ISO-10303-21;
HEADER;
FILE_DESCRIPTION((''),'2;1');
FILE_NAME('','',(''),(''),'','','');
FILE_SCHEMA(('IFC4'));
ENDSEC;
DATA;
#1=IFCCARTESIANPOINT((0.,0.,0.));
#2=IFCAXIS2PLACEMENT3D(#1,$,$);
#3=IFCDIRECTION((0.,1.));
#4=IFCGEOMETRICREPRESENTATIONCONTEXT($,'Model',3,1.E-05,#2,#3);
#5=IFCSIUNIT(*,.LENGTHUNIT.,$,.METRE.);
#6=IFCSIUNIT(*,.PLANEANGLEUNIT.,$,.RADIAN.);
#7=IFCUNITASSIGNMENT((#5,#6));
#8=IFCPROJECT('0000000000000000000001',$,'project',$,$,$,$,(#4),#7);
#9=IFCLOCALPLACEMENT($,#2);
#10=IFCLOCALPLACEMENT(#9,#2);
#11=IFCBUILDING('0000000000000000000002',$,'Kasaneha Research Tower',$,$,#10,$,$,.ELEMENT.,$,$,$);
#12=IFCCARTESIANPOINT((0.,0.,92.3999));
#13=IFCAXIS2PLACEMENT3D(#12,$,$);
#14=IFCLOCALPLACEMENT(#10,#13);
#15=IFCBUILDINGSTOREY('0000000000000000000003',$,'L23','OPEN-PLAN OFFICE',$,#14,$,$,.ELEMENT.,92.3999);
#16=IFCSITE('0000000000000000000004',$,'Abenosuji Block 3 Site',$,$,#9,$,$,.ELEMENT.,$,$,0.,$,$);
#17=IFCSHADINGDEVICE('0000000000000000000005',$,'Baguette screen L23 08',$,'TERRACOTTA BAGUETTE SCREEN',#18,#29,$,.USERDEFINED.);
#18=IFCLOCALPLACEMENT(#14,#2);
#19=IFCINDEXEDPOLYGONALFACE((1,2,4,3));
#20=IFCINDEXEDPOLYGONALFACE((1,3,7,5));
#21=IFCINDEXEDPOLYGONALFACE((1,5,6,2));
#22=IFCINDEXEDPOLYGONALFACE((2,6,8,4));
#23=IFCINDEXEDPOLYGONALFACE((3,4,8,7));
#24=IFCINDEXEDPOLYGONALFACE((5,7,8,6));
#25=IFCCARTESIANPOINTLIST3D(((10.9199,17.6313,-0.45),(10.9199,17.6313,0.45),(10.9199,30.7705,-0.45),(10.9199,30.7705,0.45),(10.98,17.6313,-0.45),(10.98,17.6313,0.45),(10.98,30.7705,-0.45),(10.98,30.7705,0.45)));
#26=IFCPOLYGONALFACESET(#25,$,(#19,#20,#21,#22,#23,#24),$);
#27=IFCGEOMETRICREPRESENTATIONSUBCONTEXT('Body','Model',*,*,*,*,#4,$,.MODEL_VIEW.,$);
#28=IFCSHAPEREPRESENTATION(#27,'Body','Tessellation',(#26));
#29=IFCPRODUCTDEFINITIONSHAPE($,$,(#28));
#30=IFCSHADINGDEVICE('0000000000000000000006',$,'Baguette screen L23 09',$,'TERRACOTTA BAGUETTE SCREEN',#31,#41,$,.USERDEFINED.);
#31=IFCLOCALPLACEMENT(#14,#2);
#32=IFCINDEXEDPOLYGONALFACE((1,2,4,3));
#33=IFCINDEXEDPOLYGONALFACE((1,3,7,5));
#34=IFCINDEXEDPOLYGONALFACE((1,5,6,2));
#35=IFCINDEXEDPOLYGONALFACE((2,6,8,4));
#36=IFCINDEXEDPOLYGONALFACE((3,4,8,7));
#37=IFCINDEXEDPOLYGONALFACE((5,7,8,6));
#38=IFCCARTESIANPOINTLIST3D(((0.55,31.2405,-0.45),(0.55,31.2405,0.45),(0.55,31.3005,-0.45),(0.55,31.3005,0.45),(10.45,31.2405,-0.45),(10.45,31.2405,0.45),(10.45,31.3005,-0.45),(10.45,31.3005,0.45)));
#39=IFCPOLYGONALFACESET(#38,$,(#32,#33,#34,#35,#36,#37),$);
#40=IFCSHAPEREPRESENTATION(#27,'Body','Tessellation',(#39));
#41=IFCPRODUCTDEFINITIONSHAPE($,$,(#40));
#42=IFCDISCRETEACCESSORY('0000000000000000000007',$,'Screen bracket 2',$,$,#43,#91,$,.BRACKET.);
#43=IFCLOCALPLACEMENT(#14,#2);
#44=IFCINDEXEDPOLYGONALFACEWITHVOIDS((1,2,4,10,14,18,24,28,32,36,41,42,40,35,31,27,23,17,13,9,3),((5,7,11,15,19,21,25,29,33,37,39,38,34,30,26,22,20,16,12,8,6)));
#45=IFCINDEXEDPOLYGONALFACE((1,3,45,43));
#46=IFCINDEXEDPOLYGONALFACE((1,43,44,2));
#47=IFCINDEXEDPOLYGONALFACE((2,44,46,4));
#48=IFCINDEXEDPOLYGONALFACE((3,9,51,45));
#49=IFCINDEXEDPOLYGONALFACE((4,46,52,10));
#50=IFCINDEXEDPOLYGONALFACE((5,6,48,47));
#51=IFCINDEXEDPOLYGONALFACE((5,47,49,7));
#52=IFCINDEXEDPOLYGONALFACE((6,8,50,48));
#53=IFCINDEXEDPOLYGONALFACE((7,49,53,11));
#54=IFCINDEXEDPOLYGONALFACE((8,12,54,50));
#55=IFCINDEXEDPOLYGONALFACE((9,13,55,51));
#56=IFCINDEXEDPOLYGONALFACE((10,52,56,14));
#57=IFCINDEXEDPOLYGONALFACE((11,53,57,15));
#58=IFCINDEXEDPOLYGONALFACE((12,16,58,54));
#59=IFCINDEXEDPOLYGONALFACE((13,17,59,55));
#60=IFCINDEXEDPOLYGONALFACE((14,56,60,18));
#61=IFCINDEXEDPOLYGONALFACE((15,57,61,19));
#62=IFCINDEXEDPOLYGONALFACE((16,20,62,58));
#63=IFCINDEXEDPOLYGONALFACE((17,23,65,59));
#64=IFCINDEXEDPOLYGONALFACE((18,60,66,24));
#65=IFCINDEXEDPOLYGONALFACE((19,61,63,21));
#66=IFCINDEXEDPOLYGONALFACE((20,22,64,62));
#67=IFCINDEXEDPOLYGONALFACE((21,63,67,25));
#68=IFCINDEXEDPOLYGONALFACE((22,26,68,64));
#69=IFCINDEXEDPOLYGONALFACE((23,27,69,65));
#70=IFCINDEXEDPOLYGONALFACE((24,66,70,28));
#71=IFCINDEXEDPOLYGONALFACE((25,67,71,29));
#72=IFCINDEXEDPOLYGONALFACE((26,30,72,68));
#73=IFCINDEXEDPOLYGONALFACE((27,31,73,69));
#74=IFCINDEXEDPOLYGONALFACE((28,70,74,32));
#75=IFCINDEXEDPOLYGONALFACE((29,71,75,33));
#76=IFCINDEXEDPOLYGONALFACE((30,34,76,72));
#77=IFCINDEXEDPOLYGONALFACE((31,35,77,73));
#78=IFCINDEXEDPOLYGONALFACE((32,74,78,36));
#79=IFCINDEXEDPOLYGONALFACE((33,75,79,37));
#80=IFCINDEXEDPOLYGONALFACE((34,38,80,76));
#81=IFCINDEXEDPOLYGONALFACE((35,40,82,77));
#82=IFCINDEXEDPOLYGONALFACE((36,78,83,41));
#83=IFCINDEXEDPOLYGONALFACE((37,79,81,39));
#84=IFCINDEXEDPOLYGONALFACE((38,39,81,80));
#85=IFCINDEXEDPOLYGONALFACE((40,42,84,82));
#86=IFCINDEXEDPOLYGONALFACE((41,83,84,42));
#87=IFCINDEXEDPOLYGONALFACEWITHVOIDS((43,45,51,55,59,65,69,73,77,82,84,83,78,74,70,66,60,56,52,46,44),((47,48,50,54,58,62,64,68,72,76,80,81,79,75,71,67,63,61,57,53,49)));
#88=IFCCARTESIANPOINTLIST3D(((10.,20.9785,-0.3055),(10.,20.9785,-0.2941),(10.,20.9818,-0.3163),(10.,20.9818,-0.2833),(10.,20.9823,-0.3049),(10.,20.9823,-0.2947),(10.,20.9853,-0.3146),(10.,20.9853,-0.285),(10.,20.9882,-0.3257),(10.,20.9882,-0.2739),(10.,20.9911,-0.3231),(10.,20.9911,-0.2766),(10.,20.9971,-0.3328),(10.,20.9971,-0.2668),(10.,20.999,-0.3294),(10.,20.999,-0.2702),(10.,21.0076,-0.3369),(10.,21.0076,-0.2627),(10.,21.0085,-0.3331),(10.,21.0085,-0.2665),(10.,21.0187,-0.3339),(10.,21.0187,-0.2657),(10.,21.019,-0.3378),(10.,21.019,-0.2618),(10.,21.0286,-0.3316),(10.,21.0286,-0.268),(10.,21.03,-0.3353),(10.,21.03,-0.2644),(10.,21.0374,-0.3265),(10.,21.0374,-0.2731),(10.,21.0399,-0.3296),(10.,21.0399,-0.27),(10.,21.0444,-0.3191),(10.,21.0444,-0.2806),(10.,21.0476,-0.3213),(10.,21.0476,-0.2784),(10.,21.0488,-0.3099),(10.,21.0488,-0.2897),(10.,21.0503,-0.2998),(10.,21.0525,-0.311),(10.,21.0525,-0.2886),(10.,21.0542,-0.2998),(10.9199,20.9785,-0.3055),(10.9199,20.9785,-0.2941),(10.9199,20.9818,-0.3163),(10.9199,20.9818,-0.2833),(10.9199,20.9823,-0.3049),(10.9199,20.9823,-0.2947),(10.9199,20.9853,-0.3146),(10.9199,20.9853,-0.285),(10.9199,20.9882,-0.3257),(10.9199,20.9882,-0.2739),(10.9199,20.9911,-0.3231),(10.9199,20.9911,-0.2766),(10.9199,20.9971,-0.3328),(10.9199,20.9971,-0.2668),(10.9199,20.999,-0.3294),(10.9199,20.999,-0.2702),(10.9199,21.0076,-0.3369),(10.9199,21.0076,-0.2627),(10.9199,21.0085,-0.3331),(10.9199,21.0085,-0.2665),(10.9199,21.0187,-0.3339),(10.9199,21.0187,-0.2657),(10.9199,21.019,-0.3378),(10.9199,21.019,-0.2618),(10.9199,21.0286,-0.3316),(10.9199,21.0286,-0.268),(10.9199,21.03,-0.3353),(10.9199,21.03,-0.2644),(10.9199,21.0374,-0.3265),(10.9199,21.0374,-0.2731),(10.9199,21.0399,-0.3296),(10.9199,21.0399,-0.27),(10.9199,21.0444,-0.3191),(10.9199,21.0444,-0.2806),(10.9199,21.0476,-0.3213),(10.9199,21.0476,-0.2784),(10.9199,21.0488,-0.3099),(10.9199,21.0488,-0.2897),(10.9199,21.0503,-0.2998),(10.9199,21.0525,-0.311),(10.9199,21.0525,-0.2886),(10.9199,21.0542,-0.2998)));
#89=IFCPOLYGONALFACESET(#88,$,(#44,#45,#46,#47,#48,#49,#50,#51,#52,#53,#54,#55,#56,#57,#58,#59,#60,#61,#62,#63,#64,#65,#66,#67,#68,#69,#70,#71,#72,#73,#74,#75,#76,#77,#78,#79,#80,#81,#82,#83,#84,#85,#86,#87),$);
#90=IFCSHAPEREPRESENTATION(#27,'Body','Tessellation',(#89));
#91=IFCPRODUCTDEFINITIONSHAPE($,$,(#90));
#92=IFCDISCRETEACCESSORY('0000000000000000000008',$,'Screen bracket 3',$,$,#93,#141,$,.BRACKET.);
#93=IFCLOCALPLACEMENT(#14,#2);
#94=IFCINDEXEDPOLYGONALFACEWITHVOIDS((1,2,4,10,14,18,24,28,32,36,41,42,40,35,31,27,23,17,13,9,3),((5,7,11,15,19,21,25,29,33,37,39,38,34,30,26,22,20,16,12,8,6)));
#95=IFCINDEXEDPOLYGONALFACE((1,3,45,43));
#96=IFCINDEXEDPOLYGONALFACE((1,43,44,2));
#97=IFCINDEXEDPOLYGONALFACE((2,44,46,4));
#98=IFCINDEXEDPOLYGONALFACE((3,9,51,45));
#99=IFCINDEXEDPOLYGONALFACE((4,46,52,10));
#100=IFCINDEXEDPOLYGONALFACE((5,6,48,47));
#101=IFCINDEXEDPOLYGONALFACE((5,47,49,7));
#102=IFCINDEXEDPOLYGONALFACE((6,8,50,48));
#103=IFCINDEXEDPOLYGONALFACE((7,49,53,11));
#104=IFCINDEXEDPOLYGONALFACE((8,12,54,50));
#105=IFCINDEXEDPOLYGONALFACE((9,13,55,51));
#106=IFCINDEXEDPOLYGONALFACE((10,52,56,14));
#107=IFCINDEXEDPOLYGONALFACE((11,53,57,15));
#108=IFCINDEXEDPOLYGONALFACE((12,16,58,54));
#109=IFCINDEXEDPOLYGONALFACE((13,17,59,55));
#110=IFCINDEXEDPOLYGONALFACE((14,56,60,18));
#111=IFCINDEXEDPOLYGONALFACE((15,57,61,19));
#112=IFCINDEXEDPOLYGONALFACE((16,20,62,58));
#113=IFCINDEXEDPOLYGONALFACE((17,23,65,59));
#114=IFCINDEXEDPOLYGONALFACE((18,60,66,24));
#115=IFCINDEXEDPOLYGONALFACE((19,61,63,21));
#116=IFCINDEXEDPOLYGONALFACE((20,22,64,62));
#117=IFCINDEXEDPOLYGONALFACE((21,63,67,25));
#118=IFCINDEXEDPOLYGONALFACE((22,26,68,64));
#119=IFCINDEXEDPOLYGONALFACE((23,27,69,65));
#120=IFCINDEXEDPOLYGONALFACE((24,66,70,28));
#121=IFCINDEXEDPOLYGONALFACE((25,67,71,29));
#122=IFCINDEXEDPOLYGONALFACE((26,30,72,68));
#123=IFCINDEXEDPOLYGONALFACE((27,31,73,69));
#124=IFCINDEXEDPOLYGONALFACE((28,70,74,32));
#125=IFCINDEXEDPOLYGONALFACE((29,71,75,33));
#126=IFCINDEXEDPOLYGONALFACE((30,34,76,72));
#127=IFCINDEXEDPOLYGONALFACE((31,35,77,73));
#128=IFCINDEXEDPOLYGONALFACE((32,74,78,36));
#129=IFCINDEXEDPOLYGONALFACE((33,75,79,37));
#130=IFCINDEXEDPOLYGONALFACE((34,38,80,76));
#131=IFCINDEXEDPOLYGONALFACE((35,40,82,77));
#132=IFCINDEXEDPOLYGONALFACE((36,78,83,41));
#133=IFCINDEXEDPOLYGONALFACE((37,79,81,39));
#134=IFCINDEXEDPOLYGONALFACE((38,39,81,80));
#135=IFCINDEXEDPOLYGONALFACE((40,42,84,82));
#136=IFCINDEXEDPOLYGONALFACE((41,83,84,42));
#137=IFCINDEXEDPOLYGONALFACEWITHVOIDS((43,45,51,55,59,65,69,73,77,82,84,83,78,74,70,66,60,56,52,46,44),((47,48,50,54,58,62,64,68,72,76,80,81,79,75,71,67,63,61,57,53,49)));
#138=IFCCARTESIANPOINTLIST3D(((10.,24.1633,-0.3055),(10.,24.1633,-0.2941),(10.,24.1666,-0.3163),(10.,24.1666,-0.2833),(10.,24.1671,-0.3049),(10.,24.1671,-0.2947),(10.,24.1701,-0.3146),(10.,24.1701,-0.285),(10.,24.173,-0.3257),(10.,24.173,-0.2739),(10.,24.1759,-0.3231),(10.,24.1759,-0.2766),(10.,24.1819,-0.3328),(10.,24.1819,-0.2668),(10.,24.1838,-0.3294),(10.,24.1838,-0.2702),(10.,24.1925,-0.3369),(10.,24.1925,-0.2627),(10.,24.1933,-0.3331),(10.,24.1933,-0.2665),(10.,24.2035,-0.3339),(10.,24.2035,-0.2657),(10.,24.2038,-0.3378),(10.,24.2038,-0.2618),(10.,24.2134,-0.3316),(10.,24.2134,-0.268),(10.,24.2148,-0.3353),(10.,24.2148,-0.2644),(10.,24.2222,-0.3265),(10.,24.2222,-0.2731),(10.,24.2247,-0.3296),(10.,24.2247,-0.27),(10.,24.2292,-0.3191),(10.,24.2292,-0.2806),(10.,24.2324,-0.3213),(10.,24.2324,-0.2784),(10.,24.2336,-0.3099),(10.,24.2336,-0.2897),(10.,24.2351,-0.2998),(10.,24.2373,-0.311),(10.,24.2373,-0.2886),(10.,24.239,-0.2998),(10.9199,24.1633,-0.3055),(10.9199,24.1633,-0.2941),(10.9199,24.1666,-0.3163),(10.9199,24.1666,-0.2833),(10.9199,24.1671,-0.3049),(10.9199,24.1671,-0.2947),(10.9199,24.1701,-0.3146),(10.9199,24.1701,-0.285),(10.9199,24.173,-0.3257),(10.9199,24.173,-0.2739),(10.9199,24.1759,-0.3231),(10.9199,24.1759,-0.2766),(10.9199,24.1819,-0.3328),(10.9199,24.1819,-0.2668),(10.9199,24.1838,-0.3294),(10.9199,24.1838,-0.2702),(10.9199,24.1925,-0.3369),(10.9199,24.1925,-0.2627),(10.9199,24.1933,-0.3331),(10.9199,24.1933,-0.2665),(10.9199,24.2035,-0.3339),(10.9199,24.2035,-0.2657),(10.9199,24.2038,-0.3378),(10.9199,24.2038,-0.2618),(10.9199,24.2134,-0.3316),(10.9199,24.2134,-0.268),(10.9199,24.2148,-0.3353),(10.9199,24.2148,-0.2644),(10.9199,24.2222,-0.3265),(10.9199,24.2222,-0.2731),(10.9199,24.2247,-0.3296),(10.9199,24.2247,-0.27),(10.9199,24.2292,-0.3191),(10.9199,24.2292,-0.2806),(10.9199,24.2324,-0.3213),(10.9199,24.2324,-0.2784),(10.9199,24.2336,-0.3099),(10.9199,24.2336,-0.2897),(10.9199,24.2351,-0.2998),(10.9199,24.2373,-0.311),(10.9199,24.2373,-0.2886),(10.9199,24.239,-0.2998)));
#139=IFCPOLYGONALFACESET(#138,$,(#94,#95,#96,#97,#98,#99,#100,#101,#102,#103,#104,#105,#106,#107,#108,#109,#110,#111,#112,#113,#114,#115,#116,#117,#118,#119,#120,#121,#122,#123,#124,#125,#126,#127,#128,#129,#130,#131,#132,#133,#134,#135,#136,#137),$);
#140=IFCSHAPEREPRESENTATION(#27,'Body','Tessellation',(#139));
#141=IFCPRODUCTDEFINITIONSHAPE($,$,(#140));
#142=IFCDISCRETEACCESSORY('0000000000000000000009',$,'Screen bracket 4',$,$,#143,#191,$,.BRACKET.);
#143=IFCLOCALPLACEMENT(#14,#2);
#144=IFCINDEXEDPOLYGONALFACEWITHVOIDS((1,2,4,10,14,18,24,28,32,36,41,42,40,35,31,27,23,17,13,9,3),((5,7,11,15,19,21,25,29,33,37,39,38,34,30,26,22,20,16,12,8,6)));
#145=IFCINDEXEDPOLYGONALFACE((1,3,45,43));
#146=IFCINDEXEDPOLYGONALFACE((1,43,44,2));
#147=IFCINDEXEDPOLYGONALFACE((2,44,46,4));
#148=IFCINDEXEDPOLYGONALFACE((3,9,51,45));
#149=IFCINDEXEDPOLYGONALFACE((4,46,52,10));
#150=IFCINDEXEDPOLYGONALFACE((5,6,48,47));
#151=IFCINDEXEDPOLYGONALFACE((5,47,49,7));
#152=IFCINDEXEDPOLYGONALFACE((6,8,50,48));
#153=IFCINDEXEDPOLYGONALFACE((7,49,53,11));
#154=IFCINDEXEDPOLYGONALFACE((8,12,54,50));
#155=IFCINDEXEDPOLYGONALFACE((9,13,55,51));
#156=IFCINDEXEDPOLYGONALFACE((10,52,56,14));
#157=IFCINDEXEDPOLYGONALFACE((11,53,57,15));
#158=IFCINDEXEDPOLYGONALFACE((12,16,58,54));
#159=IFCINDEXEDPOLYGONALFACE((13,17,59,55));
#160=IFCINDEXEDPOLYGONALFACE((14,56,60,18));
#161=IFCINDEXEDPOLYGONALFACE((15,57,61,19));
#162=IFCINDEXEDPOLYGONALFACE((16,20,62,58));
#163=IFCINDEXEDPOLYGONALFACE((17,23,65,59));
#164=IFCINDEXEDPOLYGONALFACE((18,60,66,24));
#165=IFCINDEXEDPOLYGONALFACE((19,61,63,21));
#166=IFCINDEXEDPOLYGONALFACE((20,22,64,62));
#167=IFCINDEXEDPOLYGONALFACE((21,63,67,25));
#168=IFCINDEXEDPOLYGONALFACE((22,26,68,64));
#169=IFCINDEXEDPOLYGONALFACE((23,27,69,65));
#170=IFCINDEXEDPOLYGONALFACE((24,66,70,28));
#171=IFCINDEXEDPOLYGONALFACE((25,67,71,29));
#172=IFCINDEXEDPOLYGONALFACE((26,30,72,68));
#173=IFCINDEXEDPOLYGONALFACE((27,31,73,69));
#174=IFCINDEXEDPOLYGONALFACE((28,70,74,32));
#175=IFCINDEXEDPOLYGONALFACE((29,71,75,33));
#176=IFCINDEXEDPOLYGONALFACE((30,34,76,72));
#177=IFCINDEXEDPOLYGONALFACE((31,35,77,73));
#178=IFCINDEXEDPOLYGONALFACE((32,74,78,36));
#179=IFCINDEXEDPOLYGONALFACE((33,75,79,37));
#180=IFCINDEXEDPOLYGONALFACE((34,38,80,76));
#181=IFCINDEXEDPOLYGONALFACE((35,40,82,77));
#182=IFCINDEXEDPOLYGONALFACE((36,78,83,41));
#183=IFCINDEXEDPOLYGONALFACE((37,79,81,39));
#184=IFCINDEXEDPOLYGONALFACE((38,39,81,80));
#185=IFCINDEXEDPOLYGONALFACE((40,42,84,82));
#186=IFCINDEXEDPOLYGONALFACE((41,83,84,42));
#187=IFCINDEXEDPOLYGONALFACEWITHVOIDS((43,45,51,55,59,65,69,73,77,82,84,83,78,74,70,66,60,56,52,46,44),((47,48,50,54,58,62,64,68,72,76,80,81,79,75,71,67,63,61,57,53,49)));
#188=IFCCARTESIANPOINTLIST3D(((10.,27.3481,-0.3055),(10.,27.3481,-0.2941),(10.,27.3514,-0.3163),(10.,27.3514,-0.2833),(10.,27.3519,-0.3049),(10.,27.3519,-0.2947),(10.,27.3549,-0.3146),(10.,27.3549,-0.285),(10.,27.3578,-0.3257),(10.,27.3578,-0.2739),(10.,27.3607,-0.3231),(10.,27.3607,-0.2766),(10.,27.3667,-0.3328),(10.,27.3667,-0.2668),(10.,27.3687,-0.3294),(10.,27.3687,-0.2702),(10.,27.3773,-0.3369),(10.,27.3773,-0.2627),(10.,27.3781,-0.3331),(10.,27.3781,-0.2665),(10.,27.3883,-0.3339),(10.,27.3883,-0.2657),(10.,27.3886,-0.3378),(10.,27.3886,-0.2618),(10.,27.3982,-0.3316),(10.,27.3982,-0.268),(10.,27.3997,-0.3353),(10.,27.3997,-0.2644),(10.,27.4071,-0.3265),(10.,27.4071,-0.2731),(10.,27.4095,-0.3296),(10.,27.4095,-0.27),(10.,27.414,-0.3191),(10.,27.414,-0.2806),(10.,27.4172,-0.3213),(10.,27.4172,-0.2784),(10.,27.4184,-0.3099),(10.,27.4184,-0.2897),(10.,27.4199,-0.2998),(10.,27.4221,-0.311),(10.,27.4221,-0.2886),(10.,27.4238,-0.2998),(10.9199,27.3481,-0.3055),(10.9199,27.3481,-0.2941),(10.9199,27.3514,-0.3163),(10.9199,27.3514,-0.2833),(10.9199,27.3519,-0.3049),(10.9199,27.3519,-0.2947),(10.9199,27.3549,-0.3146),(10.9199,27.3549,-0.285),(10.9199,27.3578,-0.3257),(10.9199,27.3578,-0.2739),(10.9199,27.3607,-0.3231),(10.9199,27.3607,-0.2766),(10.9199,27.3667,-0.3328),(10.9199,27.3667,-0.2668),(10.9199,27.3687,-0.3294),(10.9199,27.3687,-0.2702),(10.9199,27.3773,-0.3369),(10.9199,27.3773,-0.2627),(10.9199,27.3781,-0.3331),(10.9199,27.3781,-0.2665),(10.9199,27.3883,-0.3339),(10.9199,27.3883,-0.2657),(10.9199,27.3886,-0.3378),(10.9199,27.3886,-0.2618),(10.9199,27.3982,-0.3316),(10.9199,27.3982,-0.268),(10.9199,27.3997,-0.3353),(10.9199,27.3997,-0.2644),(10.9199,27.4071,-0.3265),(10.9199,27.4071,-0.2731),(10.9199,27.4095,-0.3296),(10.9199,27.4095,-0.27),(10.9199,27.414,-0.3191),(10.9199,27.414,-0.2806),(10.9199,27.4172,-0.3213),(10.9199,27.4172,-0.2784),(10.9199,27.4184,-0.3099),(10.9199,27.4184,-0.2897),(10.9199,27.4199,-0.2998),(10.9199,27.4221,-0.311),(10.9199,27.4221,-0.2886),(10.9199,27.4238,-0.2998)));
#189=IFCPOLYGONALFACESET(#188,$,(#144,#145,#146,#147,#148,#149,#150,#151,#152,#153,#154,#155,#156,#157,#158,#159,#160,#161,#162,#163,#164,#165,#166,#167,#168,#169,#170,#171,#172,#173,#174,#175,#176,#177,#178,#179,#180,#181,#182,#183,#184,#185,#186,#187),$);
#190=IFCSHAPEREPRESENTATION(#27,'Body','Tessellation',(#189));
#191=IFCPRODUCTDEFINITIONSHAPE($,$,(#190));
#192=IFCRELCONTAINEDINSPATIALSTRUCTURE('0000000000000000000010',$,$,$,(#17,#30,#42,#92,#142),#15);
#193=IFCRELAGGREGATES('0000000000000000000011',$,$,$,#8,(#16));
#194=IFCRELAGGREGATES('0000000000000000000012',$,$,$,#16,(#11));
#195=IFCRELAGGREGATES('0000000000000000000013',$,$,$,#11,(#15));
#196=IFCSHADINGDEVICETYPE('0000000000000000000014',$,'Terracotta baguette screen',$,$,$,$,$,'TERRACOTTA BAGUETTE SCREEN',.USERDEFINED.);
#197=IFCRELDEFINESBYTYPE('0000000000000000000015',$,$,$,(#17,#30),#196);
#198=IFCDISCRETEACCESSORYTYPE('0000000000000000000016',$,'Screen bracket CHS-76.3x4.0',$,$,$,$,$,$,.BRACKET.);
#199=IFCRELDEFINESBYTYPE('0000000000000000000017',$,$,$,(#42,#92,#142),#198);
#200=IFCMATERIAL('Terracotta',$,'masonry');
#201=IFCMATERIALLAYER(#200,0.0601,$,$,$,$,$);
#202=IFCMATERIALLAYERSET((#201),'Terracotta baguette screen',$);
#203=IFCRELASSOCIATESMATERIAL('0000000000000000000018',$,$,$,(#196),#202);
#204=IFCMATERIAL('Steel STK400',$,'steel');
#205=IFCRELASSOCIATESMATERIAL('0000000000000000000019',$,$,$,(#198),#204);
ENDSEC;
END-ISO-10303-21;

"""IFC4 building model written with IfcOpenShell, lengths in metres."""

from ifc_helpers import new_model, si_unit, direction, frame, origin, origin_2d, place, context, subcontext, project, spatial, rectangle, hollow_circle, extrude, material, layer, layer_set, material_profile, profile_set, type_object, element, save


model = new_model("IFC4")

# Units and contexts
model_context = context("Model", 3, precision=1e-05, world=origin(), true_north=direction((0.0, 1.0)))
body_context = subcontext(model_context, "Body", "Model", "MODEL_VIEW")
ifc_project = project(units=[si_unit("LENGTHUNIT", "METRE"), si_unit("PLANEANGLEUNIT", "RADIAN")], contexts=[model_context])

# Site, building, storey
site_placement = place(None, origin())
site = spatial("IfcSite", under=ifc_project, at=site_placement, Name="Abenosuji Block 3 Site", CompositionType="ELEMENT", RefElevation=0.0)
building_placement = place(site_placement, origin())
building = spatial("IfcBuilding", under=site, at=building_placement, Name="Kasaneha Research Tower", CompositionType="ELEMENT")
storey_placement = place(building_placement, frame((0.0, 0.0, 92.3999)))
storey = spatial("IfcBuildingStorey", under=building, at=storey_placement, Name="L23", Description="OPEN-PLAN OFFICE", CompositionType="ELEMENT", Elevation=92.3999)

# Shading devices
ifc_material_1 = material(Name="Terracotta", Category="masonry")
ifc_layer_1 = layer(ifc_material_1, 0.0601)
ifc_layer_set_1 = layer_set([ifc_layer_1], Name="Terracotta baguette screen")
shading_device_type = type_object("IfcShadingDeviceType", Name="Terracotta baguette screen", ElementType="TERRACOTTA BAGUETTE SCREEN", PredefinedType="USERDEFINED", material=ifc_layer_set_1)
shading_device_1_placement = place(storey_placement, frame((10.95, 24.2009, -0.45), z_axis=(0.0, 0.0, 1.0), x_axis=(0.0, 1.0, 0.0)))
element("IfcShadingDevice", 1, at=shading_device_1_placement, inside=storey, type_object=shading_device_type, Name="Baguette screen L23 08", ObjectType="TERRACOTTA BAGUETTE SCREEN", PredefinedType="USERDEFINED", context=body_context, shape_type="SweptSolid", body=[
    extrude(rectangle(XDim=13.1392, YDim=0.0601, at=origin_2d()), origin(), (0.0, 0.0, 1.0), 0.8999),
])
shading_device_2_placement = place(storey_placement, frame((5.5, 31.2705, -0.45), z_axis=(0.0, 0.0, 1.0), x_axis=(-1.0, 0.0, 0.0)))
element("IfcShadingDevice", 2, at=shading_device_2_placement, inside=storey, type_object=shading_device_type, Name="Baguette screen L23 09", ObjectType="TERRACOTTA BAGUETTE SCREEN", PredefinedType="USERDEFINED", context=body_context, shape_type="SweptSolid", body=[
    extrude(rectangle(XDim=9.8999, YDim=0.0601, at=origin_2d()), origin(), (0.0, 0.0, 1.0), 0.8999),
])

# Discrete accessories
ifc_material_2 = material(Name="Steel STK400", Category="steel")
ifc_material_profile_1 = material_profile(ifc_material_2, hollow_circle(Radius=0.0381, WallThickness=0.0039, at=origin_2d()), Name="CHS-76.3x4.0")
ifc_profile_set_1 = profile_set([ifc_material_profile_1], Name="Steel STK400")
discrete_accessory_type = type_object("IfcDiscreteAccessoryType", Name="Screen bracket CHS-76.3x4.0", PredefinedType="BRACKET", material=ifc_profile_set_1)
for number, where, z_axis, x_axis, name in (
    (3, (10.0, 21.0161, -0.2998), (1.0, 0.0, 0.0), (0.0, 1.0, 0.0), "Screen bracket 2"),
    (4, (10.0, 24.2009, -0.2998), (1.0, 0.0, 0.0), (0.0, 1.0, 0.0), "Screen bracket 3"),
    (5, (10.0, 27.3857, -0.2998), (1.0, 0.0, 0.0), (0.0, 1.0, 0.0), "Screen bracket 4"),
):
    element("IfcDiscreteAccessory", number, at=place(storey_placement, frame(where, z_axis=z_axis, x_axis=x_axis)), inside=storey, type_object=discrete_accessory_type, Name=name, PredefinedType="BRACKET", context=body_context, shape_type="SweptSolid", body=[
        extrude(hollow_circle(Radius=0.0381, WallThickness=0.0039, at=origin_2d()), origin(), (0.0, 0.0, 1.0), 0.9199),
    ])

save(model, "model.ifc")
